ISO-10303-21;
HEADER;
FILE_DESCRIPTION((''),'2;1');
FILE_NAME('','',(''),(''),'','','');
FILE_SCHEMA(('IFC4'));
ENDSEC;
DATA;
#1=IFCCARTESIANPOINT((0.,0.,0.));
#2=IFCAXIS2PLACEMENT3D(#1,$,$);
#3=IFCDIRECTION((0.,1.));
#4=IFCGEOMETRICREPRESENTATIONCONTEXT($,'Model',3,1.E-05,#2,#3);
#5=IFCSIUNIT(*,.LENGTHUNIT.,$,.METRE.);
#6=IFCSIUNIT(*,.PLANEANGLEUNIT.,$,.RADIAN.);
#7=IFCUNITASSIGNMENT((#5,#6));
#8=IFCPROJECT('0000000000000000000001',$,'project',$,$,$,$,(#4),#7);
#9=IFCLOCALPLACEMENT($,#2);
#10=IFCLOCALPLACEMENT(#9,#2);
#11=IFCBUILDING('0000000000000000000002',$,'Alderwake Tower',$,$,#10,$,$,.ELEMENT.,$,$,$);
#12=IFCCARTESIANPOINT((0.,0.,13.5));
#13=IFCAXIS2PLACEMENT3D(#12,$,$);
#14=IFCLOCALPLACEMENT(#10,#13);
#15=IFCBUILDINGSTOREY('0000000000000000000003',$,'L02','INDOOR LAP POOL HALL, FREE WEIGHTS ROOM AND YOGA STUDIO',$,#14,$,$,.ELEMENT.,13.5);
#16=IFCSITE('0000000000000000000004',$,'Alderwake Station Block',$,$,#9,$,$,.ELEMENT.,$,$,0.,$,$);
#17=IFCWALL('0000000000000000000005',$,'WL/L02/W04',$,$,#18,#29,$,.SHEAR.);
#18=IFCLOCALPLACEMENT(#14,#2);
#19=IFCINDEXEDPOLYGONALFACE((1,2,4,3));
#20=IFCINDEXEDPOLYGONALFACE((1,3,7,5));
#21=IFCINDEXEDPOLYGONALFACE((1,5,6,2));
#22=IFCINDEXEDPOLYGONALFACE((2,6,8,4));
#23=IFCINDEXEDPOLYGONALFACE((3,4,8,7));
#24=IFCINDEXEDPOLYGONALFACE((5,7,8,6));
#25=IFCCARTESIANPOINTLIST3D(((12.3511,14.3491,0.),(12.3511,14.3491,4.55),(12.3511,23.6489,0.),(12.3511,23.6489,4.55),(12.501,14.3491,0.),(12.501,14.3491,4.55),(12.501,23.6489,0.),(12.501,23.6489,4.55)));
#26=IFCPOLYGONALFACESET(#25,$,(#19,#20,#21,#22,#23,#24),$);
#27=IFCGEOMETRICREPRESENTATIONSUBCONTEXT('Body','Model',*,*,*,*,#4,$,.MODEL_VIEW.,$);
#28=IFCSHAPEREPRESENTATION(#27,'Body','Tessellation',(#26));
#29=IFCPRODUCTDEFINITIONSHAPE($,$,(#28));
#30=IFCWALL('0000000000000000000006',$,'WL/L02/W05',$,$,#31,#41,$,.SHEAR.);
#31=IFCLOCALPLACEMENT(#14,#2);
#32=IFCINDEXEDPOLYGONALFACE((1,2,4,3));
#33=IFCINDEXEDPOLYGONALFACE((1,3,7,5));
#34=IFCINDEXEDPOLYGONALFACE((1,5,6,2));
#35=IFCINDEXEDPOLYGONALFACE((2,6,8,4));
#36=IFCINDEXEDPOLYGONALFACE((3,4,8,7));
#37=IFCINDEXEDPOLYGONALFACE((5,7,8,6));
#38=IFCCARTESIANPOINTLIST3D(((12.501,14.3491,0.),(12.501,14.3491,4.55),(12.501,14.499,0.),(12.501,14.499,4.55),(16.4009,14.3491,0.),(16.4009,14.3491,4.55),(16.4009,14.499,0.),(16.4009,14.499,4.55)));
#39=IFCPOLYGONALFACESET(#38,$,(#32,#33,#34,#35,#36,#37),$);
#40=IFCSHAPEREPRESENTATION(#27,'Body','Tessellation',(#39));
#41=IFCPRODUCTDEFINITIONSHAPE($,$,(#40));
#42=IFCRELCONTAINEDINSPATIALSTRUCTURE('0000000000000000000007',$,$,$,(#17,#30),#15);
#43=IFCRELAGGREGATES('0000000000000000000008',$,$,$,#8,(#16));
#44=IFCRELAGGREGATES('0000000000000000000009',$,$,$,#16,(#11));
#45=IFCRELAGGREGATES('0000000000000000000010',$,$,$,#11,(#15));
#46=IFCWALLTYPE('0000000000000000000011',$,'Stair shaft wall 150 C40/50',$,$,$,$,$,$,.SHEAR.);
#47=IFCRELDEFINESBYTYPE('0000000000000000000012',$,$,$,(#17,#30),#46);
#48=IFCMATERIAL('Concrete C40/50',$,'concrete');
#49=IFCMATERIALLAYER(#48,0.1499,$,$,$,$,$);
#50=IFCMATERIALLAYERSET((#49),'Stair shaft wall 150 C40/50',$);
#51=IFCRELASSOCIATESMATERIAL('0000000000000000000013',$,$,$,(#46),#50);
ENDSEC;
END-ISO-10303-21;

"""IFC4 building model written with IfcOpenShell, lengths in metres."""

from ifc_helpers import new_model, si_unit, direction, frame, frame_2d, origin, place, context, subcontext, project, spatial, rectangle, extrude, material, layer, layer_set, type_object, element, save


model = new_model("IFC4")

# Units and contexts
model_context = context("Model", 3, precision=1e-05, world=origin(), true_north=direction((0.0, 1.0)))
body_context = subcontext(model_context, "Body", "Model", "MODEL_VIEW")
ifc_project = project(units=[si_unit("LENGTHUNIT", "METRE"), si_unit("PLANEANGLEUNIT", "RADIAN")], contexts=[model_context])

# Site, building, storey
site_placement = place(None, origin())
site = spatial("IfcSite", under=ifc_project, at=site_placement, Name="Alderwake Station Block", CompositionType="ELEMENT", RefElevation=0.0)
building_placement = place(site_placement, origin())
building = spatial("IfcBuilding", under=site, at=building_placement, Name="Alderwake Tower", CompositionType="ELEMENT")
storey_placement = place(building_placement, frame((0.0, 0.0, 13.5)))
storey = spatial("IfcBuildingStorey", under=building, at=storey_placement, Name="L02", Description="INDOOR LAP POOL HALL, FREE WEIGHTS ROOM AND YOGA STUDIO", CompositionType="ELEMENT", Elevation=13.5)

# Walls
ifc_material_1 = material(Name="Concrete C40/50", Category="concrete")
ifc_layer_1 = layer(ifc_material_1, 0.1499)
ifc_layer_set_1 = layer_set([ifc_layer_1], Name="Stair shaft wall 150 C40/50")
wall_type_1 = type_object("IfcWallType", Name="Stair shaft wall 150 C40/50", PredefinedType="SHEAR", material=ifc_layer_set_1)
wall_1_placement = place(storey_placement, frame((12.426, 14.3491, 0.0), z_axis=(0.0, 0.0, 1.0), x_axis=(0.0, 1.0, 0.0)))
element("IfcWall", 1, at=wall_1_placement, inside=storey, type_object=wall_type_1, Name="WL/L02/W04", PredefinedType="SHEAR", context=body_context, shape_type="SweptSolid", body=[
    extrude(rectangle(XDim=9.2998, YDim=0.1499, at=frame_2d((4.6499, 0.0))), origin(), (0.0, 0.0, 1.0), 4.55),
])
wall_2_placement = place(storey_placement, frame((12.501, 14.4241, 0.0), z_axis=(0.0, 0.0, 1.0), x_axis=(1.0, 0.0, 0.0)))
element("IfcWall", 2, at=wall_2_placement, inside=storey, type_object=wall_type_1, Name="WL/L02/W05", PredefinedType="SHEAR", context=body_context, shape_type="SweptSolid", body=[
    extrude(rectangle(XDim=3.8999, YDim=0.1499, at=frame_2d((1.95, 0.0))), origin(), (0.0, 0.0, 1.0), 4.55),
])

save(model, "model.ifc")
